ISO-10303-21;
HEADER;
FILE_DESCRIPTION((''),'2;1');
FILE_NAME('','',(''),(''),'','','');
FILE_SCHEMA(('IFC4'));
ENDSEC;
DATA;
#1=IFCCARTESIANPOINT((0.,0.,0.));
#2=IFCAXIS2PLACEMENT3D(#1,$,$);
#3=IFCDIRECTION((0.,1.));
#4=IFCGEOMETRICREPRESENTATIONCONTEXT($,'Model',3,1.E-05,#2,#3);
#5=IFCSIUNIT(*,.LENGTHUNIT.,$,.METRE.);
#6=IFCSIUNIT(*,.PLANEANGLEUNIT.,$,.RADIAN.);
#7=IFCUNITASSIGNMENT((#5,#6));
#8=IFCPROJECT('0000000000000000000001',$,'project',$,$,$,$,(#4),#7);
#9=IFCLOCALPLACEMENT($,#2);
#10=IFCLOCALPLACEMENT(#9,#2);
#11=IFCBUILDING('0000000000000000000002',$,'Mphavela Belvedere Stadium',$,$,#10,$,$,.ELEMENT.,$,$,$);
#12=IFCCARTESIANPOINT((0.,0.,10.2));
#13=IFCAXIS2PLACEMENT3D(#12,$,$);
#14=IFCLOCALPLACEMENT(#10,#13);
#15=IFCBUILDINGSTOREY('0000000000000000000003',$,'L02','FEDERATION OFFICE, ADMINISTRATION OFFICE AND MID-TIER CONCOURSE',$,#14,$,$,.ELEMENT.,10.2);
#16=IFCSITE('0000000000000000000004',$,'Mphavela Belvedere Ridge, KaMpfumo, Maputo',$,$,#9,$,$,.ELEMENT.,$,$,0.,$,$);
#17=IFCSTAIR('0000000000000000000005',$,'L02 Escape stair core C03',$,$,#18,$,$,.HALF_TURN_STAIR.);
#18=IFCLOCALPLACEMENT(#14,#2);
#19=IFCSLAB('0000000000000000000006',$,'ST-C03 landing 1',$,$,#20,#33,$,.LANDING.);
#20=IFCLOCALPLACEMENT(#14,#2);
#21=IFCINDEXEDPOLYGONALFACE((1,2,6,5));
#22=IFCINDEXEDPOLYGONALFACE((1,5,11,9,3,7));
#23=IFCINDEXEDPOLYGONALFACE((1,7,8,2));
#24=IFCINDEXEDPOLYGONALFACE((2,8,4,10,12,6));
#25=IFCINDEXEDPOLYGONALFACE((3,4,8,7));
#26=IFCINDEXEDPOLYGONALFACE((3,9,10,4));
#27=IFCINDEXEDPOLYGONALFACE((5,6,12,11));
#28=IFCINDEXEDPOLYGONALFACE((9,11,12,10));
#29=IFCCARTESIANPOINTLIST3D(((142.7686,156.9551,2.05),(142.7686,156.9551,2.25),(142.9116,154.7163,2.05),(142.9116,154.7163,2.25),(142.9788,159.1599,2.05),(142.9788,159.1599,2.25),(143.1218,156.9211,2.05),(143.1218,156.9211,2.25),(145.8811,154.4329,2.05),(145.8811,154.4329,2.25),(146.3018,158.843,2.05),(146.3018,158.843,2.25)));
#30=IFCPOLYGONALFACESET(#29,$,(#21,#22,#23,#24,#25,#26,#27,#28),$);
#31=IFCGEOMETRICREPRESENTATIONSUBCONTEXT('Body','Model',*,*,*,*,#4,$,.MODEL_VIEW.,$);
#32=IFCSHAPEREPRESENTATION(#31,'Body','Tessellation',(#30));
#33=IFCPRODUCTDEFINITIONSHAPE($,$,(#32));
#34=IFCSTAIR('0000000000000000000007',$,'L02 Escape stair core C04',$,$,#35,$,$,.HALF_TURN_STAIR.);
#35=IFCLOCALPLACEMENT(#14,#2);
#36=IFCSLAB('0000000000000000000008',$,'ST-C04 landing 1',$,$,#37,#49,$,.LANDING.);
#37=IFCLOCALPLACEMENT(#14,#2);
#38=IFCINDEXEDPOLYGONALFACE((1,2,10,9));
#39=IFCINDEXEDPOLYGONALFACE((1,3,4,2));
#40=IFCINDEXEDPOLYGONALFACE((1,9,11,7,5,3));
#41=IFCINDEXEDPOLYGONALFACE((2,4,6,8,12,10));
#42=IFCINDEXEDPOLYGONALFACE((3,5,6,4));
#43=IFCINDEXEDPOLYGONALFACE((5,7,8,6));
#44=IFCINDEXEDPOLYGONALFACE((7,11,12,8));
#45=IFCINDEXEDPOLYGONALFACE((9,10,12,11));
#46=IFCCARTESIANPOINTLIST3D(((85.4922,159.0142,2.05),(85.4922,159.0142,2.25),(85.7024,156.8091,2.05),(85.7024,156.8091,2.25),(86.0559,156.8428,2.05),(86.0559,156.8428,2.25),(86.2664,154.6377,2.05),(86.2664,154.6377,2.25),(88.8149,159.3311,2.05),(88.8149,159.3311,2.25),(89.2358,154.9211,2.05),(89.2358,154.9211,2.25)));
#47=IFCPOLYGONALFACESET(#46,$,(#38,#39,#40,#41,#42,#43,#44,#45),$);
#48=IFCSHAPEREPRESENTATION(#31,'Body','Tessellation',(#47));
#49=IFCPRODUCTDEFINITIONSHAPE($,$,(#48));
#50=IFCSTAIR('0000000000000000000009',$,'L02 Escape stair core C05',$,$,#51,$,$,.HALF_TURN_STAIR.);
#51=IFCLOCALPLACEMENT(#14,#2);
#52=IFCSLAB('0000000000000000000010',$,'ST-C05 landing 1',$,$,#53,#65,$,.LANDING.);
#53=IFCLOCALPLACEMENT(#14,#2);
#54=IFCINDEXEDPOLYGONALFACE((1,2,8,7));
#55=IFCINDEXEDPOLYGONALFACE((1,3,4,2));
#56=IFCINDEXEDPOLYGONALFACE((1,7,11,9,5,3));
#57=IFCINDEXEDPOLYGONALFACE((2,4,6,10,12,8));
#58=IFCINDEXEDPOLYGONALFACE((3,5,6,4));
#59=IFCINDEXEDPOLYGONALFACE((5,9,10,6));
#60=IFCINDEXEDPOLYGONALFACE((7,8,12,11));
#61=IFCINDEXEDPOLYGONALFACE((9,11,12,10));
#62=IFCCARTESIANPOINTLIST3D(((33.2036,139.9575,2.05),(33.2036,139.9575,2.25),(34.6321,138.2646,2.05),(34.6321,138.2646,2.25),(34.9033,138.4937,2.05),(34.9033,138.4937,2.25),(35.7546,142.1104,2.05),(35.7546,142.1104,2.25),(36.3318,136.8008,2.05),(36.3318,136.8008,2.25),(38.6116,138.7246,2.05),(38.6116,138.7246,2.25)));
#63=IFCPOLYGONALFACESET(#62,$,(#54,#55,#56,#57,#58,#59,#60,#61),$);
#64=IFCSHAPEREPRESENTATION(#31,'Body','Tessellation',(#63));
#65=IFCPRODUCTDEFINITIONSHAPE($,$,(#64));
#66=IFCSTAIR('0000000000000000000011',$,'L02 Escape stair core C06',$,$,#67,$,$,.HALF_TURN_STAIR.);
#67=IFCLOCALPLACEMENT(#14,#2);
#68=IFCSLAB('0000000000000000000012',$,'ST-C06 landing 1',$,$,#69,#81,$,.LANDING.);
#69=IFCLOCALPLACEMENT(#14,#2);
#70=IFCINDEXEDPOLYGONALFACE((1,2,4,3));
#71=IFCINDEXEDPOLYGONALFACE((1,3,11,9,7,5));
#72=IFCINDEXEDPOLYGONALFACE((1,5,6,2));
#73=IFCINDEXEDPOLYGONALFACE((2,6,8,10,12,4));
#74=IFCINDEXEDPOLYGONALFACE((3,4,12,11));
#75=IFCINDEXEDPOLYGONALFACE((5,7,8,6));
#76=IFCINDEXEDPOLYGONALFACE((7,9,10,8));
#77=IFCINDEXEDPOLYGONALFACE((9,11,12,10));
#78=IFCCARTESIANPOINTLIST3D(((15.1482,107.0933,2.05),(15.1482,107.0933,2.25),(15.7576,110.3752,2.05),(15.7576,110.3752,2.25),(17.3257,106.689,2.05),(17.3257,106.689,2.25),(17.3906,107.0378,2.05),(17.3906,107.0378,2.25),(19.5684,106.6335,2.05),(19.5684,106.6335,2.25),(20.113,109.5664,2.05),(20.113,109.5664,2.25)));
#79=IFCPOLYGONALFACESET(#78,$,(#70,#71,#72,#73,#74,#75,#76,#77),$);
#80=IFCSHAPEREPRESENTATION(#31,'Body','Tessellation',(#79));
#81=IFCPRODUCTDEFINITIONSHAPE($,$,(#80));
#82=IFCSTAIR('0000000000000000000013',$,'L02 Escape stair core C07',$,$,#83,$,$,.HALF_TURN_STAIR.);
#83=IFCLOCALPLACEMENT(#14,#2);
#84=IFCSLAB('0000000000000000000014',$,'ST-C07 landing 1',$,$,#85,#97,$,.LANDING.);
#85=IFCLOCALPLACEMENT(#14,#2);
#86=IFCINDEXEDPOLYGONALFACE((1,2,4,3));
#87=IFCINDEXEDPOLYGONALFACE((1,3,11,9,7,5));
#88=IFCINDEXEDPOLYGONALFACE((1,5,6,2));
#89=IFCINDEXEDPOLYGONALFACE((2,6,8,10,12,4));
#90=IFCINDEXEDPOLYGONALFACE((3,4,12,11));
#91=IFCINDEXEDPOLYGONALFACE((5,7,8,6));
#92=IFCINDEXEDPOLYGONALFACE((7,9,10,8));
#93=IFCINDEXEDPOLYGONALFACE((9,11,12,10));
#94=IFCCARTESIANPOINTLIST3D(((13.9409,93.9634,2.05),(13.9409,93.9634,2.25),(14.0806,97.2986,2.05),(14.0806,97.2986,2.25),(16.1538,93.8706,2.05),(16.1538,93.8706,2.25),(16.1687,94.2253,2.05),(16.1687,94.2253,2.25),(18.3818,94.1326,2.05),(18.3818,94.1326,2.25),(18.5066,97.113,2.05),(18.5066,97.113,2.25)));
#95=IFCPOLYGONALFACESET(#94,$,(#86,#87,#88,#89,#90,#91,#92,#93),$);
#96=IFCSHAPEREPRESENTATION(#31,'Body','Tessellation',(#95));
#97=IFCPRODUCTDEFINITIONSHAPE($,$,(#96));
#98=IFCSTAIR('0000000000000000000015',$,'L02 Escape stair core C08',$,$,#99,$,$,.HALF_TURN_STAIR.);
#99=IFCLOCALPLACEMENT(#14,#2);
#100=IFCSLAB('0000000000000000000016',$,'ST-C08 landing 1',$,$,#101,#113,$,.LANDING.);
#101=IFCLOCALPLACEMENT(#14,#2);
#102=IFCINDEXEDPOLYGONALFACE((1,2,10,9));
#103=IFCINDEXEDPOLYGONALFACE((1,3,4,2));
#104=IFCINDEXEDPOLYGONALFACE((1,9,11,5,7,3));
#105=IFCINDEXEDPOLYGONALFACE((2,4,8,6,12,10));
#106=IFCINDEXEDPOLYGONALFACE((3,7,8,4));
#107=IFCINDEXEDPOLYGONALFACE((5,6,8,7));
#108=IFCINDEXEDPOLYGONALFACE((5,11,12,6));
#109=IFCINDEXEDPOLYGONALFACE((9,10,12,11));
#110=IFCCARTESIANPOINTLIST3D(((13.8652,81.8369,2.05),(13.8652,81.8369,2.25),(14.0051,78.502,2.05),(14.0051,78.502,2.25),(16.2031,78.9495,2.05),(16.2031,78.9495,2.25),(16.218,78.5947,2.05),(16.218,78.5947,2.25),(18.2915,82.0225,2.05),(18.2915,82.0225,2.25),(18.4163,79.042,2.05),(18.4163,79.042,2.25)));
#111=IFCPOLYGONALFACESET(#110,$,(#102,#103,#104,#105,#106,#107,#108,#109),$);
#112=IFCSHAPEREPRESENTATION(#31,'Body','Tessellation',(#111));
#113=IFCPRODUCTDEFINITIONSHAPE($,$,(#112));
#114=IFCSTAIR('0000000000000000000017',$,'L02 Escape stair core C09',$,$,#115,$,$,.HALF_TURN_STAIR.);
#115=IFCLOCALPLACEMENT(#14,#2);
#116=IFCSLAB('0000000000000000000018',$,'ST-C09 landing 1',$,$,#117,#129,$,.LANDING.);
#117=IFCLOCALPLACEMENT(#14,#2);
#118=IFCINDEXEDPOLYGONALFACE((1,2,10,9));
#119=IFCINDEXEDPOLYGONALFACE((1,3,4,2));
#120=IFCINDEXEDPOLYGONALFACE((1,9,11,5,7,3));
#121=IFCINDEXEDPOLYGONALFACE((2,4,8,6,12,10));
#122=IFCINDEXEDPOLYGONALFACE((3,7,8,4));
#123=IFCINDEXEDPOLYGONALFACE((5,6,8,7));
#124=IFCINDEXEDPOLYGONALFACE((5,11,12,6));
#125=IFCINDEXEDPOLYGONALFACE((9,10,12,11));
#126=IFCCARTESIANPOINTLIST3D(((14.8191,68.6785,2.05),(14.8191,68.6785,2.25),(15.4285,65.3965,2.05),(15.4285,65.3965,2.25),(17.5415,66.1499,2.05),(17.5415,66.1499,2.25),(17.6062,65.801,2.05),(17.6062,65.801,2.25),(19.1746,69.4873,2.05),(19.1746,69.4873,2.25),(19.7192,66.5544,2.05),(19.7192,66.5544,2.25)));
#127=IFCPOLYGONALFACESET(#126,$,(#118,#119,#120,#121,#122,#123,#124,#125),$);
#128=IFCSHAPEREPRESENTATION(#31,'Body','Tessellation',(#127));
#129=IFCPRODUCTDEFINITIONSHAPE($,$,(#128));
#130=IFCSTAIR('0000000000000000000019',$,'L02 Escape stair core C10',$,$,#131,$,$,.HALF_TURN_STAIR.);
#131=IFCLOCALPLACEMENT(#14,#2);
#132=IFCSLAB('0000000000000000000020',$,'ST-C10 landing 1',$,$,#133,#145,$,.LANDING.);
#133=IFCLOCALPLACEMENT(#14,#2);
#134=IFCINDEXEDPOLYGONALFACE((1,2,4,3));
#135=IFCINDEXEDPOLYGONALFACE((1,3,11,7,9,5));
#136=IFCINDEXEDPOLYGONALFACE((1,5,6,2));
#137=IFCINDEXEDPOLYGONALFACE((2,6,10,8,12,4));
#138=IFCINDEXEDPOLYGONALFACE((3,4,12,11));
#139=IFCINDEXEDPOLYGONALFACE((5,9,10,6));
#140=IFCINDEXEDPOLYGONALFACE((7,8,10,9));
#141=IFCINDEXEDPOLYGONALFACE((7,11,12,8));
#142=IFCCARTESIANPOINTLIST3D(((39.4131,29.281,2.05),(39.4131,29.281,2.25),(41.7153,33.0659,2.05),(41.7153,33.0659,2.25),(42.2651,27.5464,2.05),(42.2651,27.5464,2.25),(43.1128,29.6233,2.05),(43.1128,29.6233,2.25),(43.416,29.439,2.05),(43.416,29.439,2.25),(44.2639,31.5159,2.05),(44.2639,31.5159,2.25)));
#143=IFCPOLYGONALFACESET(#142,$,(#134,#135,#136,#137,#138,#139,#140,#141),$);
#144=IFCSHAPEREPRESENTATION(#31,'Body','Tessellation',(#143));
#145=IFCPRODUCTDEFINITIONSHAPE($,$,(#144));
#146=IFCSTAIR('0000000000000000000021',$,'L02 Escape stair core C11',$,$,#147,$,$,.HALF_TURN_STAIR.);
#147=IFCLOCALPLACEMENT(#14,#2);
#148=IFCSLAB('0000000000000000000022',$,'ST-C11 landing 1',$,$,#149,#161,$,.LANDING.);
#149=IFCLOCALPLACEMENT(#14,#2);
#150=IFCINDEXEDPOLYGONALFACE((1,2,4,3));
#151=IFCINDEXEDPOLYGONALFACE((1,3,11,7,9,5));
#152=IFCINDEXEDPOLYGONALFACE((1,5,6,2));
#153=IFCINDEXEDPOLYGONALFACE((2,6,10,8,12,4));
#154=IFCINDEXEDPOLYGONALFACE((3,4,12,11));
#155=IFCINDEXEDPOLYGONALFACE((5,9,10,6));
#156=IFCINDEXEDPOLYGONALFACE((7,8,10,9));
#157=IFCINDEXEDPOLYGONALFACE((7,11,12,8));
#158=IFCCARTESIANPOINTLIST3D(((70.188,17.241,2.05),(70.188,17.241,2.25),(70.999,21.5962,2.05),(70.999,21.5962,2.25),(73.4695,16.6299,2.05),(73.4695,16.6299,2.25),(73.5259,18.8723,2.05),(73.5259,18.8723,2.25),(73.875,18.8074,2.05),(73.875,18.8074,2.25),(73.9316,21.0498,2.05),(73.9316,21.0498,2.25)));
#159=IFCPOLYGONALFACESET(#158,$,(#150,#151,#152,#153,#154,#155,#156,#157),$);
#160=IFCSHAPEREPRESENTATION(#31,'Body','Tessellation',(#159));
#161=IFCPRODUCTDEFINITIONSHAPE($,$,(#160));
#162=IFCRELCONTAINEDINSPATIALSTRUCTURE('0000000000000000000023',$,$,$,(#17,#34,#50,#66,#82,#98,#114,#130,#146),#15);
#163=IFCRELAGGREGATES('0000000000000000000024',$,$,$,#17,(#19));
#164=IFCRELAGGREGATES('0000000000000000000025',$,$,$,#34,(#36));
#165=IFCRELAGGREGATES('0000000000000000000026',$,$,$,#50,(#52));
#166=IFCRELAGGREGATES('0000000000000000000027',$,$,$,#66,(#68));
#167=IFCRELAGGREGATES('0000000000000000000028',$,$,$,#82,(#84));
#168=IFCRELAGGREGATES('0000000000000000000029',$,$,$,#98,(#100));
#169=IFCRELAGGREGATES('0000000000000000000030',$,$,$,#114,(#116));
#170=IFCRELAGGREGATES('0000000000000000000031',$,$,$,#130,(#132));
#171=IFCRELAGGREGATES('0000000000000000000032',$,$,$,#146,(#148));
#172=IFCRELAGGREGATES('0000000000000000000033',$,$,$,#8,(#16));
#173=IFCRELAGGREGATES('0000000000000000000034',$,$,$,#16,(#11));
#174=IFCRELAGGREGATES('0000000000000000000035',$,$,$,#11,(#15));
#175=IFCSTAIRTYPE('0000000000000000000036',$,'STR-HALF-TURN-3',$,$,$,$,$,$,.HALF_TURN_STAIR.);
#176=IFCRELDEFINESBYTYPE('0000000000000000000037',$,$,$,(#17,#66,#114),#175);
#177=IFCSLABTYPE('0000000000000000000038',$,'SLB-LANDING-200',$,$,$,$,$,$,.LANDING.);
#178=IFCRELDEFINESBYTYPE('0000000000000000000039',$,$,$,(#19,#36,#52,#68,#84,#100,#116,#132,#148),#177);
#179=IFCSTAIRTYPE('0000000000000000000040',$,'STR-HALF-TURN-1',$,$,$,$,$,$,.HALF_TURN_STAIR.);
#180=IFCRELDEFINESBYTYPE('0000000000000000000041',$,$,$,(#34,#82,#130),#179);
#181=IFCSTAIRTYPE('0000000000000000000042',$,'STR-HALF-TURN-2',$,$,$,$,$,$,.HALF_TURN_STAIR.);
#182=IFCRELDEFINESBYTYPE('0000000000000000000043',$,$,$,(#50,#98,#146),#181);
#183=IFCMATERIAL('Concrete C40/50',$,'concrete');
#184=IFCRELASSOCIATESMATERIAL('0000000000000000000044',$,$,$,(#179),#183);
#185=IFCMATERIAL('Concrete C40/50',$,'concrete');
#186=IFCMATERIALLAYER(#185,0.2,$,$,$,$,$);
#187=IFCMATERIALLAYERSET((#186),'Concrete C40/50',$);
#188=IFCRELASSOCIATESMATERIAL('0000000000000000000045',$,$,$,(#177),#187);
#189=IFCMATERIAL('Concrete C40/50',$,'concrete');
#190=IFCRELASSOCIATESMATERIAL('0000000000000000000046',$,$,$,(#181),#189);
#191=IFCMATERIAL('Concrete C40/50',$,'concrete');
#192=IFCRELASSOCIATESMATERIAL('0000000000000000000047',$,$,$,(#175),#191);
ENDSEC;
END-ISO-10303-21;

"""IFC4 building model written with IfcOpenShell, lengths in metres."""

from ifc_helpers import new_model, si_unit, direction, frame, origin, place, context, subcontext, project, spatial, polyline, outline, extrude, material, layer, layer_set, type_object, element, aggregate, save


model = new_model("IFC4")

# Units and contexts
model_context = context("Model", 3, precision=1e-05, world=origin(), true_north=direction((0.0, 1.0)))
body_context = subcontext(model_context, "Body", "Model", "MODEL_VIEW")
ifc_project = project(units=[si_unit("LENGTHUNIT", "METRE"), si_unit("PLANEANGLEUNIT", "RADIAN")], contexts=[model_context])

# Site, building, storey
site_placement = place(None, origin())
site = spatial("IfcSite", under=ifc_project, at=site_placement, Name="Mphavela Belvedere Ridge, KaMpfumo, Maputo", CompositionType="ELEMENT", RefElevation=0.0)
building_placement = place(site_placement, origin())
building = spatial("IfcBuilding", under=site, at=building_placement, Name="Mphavela Belvedere Stadium", CompositionType="ELEMENT")
storey_placement = place(building_placement, frame((0.0, 0.0, 10.2)))
storey = spatial("IfcBuildingStorey", under=building, at=storey_placement, Name="L02", Description="FEDERATION OFFICE, ADMINISTRATION OFFICE AND MID-TIER CONCOURSE", CompositionType="ELEMENT", Elevation=10.2)

# Stairs, slabs
ifc_material_1 = material(Name="Concrete C40/50", Category="concrete")
stair_type_1 = type_object("IfcStairType", Name="STR-HALF-TURN-1", PredefinedType="HALF_TURN_STAIR", material=ifc_material_1)
ifc_material_2 = material(Name="Concrete C40/50", Category="concrete")
ifc_layer_1 = layer(ifc_material_2, 0.2)
ifc_layer_set_1 = layer_set([ifc_layer_1], Name="Concrete C40/50")
slab_type_1 = type_object("IfcSlabType", Name="SLB-LANDING-200", PredefinedType="LANDING", material=ifc_layer_set_1)
ifc_material_3 = material(Name="Concrete C40/50", Category="concrete")
stair_type_2 = type_object("IfcStairType", Name="STR-HALF-TURN-2", PredefinedType="HALF_TURN_STAIR", material=ifc_material_3)
ifc_material_4 = material(Name="Concrete C40/50", Category="concrete")
stair_type_3 = type_object("IfcStairType", Name="STR-HALF-TURN-3", PredefinedType="HALF_TURN_STAIR", material=ifc_material_4)
stair_1_placement = place(storey_placement, origin())
stair_1 = element("IfcStair", 1, at=stair_1_placement, inside=storey, type_object=stair_type_3, Name="L02 Escape stair core C03", PredefinedType="HALF_TURN_STAIR")
slab_1_placement = place(storey_placement, frame((0.0, 0.0, 2.05)))
slab_1 = element("IfcSlab", 2, at=slab_1_placement, type_object=slab_type_1, Name="ST-C03 landing 1", PredefinedType="LANDING", context=body_context, shape_type="SweptSolid", body=[
    extrude(outline(polyline([(142.9116, 154.7163), (145.8811, 154.4329), (146.3018, 158.843), (142.9788, 159.1599), (142.7686, 156.9551), (143.1218, 156.9211), (142.9116, 154.7163)])), origin(), (0.0, 0.0, 1.0), 0.2),
])
aggregate(stair_1, [slab_1])
stair_2_placement = place(storey_placement, origin())
stair_2 = element("IfcStair", 3, at=stair_2_placement, inside=storey, type_object=stair_type_1, Name="L02 Escape stair core C04", PredefinedType="HALF_TURN_STAIR")
slab_2_placement = place(storey_placement, frame((0.0, 0.0, 2.05)))
slab_2 = element("IfcSlab", 4, at=slab_2_placement, type_object=slab_type_1, Name="ST-C04 landing 1", PredefinedType="LANDING", context=body_context, shape_type="SweptSolid", body=[
    extrude(outline(polyline([(86.2664, 154.6377), (89.2358, 154.9211), (88.8149, 159.3311), (85.4922, 159.0142), (85.7024, 156.8091), (86.0559, 156.8428), (86.2664, 154.6377)])), origin(), (0.0, 0.0, 1.0), 0.2),
])
aggregate(stair_2, [slab_2])
stair_3_placement = place(storey_placement, origin())
stair_3 = element("IfcStair", 5, at=stair_3_placement, inside=storey, type_object=stair_type_2, Name="L02 Escape stair core C05", PredefinedType="HALF_TURN_STAIR")
slab_3_placement = place(storey_placement, frame((0.0, 0.0, 2.05)))
slab_3 = element("IfcSlab", 6, at=slab_3_placement, type_object=slab_type_1, Name="ST-C05 landing 1", PredefinedType="LANDING", context=body_context, shape_type="SweptSolid", body=[
    extrude(outline(polyline([(36.3318, 136.8008), (38.6116, 138.7246), (35.7546, 142.1104), (33.2036, 139.9575), (34.6321, 138.2646), (34.9033, 138.4937), (36.3318, 136.8008)])), origin(), (0.0, 0.0, 1.0), 0.2),
])
aggregate(stair_3, [slab_3])
stair_4_placement = place(storey_placement, origin())
stair_4 = element("IfcStair", 7, at=stair_4_placement, inside=storey, type_object=stair_type_3, Name="L02 Escape stair core C06", PredefinedType="HALF_TURN_STAIR")
slab_4_placement = place(storey_placement, frame((0.0, 0.0, 2.05)))
slab_4 = element("IfcSlab", 8, at=slab_4_placement, type_object=slab_type_1, Name="ST-C06 landing 1", PredefinedType="LANDING", context=body_context, shape_type="SweptSolid", body=[
    extrude(outline(polyline([(19.5684, 106.6335), (20.113, 109.5664), (15.7576, 110.3752), (15.1482, 107.0933), (17.3257, 106.689), (17.3906, 107.0378), (19.5684, 106.6335)])), origin(), (0.0, 0.0, 1.0), 0.2),
])
aggregate(stair_4, [slab_4])
stair_5_placement = place(storey_placement, origin())
stair_5 = element("IfcStair", 9, at=stair_5_placement, inside=storey, type_object=stair_type_1, Name="L02 Escape stair core C07", PredefinedType="HALF_TURN_STAIR")
slab_5_placement = place(storey_placement, frame((0.0, 0.0, 2.05)))
slab_5 = element("IfcSlab", 10, at=slab_5_placement, type_object=slab_type_1, Name="ST-C07 landing 1", PredefinedType="LANDING", context=body_context, shape_type="SweptSolid", body=[
    extrude(outline(polyline([(18.3818, 94.1326), (18.5066, 97.113), (14.0806, 97.2986), (13.9409, 93.9634), (16.1538, 93.8706), (16.1687, 94.2253), (18.3818, 94.1326)])), origin(), (0.0, 0.0, 1.0), 0.2),
])
aggregate(stair_5, [slab_5])
stair_6_placement = place(storey_placement, origin())
stair_6 = element("IfcStair", 11, at=stair_6_placement, inside=storey, type_object=stair_type_2, Name="L02 Escape stair core C08", PredefinedType="HALF_TURN_STAIR")
slab_6_placement = place(storey_placement, frame((0.0, 0.0, 2.05)))
slab_6 = element("IfcSlab", 12, at=slab_6_placement, type_object=slab_type_1, Name="ST-C08 landing 1", PredefinedType="LANDING", context=body_context, shape_type="SweptSolid", body=[
    extrude(outline(polyline([(18.4163, 79.042), (18.2915, 82.0225), (13.8652, 81.8369), (14.0051, 78.502), (16.218, 78.5947), (16.2031, 78.9495), (18.4163, 79.042)])), origin(), (0.0, 0.0, 1.0), 0.2),
])
aggregate(stair_6, [slab_6])
stair_7_placement = place(storey_placement, origin())
stair_7 = element("IfcStair", 13, at=stair_7_placement, inside=storey, type_object=stair_type_3, Name="L02 Escape stair core C09", PredefinedType="HALF_TURN_STAIR")
slab_7_placement = place(storey_placement, frame((0.0, 0.0, 2.05)))
slab_7 = element("IfcSlab", 14, at=slab_7_placement, type_object=slab_type_1, Name="ST-C09 landing 1", PredefinedType="LANDING", context=body_context, shape_type="SweptSolid", body=[
    extrude(outline(polyline([(19.7192, 66.5544), (19.1746, 69.4873), (14.8191, 68.6785), (15.4285, 65.3965), (17.6062, 65.801), (17.5415, 66.1499), (19.7192, 66.5544)])), origin(), (0.0, 0.0, 1.0), 0.2),
])
aggregate(stair_7, [slab_7])
stair_8_placement = place(storey_placement, origin())
stair_8 = element("IfcStair", 15, at=stair_8_placement, inside=storey, type_object=stair_type_1, Name="L02 Escape stair core C10", PredefinedType="HALF_TURN_STAIR")
slab_8_placement = place(storey_placement, frame((0.0, 0.0, 2.05)))
slab_8 = element("IfcSlab", 16, at=slab_8_placement, type_object=slab_type_1, Name="ST-C10 landing 1", PredefinedType="LANDING", context=body_context, shape_type="SweptSolid", body=[
    extrude(outline(polyline([(44.2639, 31.5159), (41.7153, 33.0659), (39.4131, 29.281), (42.2651, 27.5464), (43.416, 29.439), (43.1128, 29.6233), (44.2639, 31.5159)])), origin(), (0.0, 0.0, 1.0), 0.2),
])
aggregate(stair_8, [slab_8])
stair_9_placement = place(storey_placement, origin())
stair_9 = element("IfcStair", 17, at=stair_9_placement, inside=storey, type_object=stair_type_2, Name="L02 Escape stair core C11", PredefinedType="HALF_TURN_STAIR")
slab_9_placement = place(storey_placement, frame((0.0, 0.0, 2.05)))
slab_9 = element("IfcSlab", 18, at=slab_9_placement, type_object=slab_type_1, Name="ST-C11 landing 1", PredefinedType="LANDING", context=body_context, shape_type="SweptSolid", body=[
    extrude(outline(polyline([(73.9316, 21.0498), (70.999, 21.5962), (70.188, 17.241), (73.4695, 16.6299), (73.875, 18.8074), (73.5259, 18.8723), (73.9316, 21.0498)])), origin(), (0.0, 0.0, 1.0), 0.2),
])
aggregate(stair_9, [slab_9])

save(model, "model.ifc")
